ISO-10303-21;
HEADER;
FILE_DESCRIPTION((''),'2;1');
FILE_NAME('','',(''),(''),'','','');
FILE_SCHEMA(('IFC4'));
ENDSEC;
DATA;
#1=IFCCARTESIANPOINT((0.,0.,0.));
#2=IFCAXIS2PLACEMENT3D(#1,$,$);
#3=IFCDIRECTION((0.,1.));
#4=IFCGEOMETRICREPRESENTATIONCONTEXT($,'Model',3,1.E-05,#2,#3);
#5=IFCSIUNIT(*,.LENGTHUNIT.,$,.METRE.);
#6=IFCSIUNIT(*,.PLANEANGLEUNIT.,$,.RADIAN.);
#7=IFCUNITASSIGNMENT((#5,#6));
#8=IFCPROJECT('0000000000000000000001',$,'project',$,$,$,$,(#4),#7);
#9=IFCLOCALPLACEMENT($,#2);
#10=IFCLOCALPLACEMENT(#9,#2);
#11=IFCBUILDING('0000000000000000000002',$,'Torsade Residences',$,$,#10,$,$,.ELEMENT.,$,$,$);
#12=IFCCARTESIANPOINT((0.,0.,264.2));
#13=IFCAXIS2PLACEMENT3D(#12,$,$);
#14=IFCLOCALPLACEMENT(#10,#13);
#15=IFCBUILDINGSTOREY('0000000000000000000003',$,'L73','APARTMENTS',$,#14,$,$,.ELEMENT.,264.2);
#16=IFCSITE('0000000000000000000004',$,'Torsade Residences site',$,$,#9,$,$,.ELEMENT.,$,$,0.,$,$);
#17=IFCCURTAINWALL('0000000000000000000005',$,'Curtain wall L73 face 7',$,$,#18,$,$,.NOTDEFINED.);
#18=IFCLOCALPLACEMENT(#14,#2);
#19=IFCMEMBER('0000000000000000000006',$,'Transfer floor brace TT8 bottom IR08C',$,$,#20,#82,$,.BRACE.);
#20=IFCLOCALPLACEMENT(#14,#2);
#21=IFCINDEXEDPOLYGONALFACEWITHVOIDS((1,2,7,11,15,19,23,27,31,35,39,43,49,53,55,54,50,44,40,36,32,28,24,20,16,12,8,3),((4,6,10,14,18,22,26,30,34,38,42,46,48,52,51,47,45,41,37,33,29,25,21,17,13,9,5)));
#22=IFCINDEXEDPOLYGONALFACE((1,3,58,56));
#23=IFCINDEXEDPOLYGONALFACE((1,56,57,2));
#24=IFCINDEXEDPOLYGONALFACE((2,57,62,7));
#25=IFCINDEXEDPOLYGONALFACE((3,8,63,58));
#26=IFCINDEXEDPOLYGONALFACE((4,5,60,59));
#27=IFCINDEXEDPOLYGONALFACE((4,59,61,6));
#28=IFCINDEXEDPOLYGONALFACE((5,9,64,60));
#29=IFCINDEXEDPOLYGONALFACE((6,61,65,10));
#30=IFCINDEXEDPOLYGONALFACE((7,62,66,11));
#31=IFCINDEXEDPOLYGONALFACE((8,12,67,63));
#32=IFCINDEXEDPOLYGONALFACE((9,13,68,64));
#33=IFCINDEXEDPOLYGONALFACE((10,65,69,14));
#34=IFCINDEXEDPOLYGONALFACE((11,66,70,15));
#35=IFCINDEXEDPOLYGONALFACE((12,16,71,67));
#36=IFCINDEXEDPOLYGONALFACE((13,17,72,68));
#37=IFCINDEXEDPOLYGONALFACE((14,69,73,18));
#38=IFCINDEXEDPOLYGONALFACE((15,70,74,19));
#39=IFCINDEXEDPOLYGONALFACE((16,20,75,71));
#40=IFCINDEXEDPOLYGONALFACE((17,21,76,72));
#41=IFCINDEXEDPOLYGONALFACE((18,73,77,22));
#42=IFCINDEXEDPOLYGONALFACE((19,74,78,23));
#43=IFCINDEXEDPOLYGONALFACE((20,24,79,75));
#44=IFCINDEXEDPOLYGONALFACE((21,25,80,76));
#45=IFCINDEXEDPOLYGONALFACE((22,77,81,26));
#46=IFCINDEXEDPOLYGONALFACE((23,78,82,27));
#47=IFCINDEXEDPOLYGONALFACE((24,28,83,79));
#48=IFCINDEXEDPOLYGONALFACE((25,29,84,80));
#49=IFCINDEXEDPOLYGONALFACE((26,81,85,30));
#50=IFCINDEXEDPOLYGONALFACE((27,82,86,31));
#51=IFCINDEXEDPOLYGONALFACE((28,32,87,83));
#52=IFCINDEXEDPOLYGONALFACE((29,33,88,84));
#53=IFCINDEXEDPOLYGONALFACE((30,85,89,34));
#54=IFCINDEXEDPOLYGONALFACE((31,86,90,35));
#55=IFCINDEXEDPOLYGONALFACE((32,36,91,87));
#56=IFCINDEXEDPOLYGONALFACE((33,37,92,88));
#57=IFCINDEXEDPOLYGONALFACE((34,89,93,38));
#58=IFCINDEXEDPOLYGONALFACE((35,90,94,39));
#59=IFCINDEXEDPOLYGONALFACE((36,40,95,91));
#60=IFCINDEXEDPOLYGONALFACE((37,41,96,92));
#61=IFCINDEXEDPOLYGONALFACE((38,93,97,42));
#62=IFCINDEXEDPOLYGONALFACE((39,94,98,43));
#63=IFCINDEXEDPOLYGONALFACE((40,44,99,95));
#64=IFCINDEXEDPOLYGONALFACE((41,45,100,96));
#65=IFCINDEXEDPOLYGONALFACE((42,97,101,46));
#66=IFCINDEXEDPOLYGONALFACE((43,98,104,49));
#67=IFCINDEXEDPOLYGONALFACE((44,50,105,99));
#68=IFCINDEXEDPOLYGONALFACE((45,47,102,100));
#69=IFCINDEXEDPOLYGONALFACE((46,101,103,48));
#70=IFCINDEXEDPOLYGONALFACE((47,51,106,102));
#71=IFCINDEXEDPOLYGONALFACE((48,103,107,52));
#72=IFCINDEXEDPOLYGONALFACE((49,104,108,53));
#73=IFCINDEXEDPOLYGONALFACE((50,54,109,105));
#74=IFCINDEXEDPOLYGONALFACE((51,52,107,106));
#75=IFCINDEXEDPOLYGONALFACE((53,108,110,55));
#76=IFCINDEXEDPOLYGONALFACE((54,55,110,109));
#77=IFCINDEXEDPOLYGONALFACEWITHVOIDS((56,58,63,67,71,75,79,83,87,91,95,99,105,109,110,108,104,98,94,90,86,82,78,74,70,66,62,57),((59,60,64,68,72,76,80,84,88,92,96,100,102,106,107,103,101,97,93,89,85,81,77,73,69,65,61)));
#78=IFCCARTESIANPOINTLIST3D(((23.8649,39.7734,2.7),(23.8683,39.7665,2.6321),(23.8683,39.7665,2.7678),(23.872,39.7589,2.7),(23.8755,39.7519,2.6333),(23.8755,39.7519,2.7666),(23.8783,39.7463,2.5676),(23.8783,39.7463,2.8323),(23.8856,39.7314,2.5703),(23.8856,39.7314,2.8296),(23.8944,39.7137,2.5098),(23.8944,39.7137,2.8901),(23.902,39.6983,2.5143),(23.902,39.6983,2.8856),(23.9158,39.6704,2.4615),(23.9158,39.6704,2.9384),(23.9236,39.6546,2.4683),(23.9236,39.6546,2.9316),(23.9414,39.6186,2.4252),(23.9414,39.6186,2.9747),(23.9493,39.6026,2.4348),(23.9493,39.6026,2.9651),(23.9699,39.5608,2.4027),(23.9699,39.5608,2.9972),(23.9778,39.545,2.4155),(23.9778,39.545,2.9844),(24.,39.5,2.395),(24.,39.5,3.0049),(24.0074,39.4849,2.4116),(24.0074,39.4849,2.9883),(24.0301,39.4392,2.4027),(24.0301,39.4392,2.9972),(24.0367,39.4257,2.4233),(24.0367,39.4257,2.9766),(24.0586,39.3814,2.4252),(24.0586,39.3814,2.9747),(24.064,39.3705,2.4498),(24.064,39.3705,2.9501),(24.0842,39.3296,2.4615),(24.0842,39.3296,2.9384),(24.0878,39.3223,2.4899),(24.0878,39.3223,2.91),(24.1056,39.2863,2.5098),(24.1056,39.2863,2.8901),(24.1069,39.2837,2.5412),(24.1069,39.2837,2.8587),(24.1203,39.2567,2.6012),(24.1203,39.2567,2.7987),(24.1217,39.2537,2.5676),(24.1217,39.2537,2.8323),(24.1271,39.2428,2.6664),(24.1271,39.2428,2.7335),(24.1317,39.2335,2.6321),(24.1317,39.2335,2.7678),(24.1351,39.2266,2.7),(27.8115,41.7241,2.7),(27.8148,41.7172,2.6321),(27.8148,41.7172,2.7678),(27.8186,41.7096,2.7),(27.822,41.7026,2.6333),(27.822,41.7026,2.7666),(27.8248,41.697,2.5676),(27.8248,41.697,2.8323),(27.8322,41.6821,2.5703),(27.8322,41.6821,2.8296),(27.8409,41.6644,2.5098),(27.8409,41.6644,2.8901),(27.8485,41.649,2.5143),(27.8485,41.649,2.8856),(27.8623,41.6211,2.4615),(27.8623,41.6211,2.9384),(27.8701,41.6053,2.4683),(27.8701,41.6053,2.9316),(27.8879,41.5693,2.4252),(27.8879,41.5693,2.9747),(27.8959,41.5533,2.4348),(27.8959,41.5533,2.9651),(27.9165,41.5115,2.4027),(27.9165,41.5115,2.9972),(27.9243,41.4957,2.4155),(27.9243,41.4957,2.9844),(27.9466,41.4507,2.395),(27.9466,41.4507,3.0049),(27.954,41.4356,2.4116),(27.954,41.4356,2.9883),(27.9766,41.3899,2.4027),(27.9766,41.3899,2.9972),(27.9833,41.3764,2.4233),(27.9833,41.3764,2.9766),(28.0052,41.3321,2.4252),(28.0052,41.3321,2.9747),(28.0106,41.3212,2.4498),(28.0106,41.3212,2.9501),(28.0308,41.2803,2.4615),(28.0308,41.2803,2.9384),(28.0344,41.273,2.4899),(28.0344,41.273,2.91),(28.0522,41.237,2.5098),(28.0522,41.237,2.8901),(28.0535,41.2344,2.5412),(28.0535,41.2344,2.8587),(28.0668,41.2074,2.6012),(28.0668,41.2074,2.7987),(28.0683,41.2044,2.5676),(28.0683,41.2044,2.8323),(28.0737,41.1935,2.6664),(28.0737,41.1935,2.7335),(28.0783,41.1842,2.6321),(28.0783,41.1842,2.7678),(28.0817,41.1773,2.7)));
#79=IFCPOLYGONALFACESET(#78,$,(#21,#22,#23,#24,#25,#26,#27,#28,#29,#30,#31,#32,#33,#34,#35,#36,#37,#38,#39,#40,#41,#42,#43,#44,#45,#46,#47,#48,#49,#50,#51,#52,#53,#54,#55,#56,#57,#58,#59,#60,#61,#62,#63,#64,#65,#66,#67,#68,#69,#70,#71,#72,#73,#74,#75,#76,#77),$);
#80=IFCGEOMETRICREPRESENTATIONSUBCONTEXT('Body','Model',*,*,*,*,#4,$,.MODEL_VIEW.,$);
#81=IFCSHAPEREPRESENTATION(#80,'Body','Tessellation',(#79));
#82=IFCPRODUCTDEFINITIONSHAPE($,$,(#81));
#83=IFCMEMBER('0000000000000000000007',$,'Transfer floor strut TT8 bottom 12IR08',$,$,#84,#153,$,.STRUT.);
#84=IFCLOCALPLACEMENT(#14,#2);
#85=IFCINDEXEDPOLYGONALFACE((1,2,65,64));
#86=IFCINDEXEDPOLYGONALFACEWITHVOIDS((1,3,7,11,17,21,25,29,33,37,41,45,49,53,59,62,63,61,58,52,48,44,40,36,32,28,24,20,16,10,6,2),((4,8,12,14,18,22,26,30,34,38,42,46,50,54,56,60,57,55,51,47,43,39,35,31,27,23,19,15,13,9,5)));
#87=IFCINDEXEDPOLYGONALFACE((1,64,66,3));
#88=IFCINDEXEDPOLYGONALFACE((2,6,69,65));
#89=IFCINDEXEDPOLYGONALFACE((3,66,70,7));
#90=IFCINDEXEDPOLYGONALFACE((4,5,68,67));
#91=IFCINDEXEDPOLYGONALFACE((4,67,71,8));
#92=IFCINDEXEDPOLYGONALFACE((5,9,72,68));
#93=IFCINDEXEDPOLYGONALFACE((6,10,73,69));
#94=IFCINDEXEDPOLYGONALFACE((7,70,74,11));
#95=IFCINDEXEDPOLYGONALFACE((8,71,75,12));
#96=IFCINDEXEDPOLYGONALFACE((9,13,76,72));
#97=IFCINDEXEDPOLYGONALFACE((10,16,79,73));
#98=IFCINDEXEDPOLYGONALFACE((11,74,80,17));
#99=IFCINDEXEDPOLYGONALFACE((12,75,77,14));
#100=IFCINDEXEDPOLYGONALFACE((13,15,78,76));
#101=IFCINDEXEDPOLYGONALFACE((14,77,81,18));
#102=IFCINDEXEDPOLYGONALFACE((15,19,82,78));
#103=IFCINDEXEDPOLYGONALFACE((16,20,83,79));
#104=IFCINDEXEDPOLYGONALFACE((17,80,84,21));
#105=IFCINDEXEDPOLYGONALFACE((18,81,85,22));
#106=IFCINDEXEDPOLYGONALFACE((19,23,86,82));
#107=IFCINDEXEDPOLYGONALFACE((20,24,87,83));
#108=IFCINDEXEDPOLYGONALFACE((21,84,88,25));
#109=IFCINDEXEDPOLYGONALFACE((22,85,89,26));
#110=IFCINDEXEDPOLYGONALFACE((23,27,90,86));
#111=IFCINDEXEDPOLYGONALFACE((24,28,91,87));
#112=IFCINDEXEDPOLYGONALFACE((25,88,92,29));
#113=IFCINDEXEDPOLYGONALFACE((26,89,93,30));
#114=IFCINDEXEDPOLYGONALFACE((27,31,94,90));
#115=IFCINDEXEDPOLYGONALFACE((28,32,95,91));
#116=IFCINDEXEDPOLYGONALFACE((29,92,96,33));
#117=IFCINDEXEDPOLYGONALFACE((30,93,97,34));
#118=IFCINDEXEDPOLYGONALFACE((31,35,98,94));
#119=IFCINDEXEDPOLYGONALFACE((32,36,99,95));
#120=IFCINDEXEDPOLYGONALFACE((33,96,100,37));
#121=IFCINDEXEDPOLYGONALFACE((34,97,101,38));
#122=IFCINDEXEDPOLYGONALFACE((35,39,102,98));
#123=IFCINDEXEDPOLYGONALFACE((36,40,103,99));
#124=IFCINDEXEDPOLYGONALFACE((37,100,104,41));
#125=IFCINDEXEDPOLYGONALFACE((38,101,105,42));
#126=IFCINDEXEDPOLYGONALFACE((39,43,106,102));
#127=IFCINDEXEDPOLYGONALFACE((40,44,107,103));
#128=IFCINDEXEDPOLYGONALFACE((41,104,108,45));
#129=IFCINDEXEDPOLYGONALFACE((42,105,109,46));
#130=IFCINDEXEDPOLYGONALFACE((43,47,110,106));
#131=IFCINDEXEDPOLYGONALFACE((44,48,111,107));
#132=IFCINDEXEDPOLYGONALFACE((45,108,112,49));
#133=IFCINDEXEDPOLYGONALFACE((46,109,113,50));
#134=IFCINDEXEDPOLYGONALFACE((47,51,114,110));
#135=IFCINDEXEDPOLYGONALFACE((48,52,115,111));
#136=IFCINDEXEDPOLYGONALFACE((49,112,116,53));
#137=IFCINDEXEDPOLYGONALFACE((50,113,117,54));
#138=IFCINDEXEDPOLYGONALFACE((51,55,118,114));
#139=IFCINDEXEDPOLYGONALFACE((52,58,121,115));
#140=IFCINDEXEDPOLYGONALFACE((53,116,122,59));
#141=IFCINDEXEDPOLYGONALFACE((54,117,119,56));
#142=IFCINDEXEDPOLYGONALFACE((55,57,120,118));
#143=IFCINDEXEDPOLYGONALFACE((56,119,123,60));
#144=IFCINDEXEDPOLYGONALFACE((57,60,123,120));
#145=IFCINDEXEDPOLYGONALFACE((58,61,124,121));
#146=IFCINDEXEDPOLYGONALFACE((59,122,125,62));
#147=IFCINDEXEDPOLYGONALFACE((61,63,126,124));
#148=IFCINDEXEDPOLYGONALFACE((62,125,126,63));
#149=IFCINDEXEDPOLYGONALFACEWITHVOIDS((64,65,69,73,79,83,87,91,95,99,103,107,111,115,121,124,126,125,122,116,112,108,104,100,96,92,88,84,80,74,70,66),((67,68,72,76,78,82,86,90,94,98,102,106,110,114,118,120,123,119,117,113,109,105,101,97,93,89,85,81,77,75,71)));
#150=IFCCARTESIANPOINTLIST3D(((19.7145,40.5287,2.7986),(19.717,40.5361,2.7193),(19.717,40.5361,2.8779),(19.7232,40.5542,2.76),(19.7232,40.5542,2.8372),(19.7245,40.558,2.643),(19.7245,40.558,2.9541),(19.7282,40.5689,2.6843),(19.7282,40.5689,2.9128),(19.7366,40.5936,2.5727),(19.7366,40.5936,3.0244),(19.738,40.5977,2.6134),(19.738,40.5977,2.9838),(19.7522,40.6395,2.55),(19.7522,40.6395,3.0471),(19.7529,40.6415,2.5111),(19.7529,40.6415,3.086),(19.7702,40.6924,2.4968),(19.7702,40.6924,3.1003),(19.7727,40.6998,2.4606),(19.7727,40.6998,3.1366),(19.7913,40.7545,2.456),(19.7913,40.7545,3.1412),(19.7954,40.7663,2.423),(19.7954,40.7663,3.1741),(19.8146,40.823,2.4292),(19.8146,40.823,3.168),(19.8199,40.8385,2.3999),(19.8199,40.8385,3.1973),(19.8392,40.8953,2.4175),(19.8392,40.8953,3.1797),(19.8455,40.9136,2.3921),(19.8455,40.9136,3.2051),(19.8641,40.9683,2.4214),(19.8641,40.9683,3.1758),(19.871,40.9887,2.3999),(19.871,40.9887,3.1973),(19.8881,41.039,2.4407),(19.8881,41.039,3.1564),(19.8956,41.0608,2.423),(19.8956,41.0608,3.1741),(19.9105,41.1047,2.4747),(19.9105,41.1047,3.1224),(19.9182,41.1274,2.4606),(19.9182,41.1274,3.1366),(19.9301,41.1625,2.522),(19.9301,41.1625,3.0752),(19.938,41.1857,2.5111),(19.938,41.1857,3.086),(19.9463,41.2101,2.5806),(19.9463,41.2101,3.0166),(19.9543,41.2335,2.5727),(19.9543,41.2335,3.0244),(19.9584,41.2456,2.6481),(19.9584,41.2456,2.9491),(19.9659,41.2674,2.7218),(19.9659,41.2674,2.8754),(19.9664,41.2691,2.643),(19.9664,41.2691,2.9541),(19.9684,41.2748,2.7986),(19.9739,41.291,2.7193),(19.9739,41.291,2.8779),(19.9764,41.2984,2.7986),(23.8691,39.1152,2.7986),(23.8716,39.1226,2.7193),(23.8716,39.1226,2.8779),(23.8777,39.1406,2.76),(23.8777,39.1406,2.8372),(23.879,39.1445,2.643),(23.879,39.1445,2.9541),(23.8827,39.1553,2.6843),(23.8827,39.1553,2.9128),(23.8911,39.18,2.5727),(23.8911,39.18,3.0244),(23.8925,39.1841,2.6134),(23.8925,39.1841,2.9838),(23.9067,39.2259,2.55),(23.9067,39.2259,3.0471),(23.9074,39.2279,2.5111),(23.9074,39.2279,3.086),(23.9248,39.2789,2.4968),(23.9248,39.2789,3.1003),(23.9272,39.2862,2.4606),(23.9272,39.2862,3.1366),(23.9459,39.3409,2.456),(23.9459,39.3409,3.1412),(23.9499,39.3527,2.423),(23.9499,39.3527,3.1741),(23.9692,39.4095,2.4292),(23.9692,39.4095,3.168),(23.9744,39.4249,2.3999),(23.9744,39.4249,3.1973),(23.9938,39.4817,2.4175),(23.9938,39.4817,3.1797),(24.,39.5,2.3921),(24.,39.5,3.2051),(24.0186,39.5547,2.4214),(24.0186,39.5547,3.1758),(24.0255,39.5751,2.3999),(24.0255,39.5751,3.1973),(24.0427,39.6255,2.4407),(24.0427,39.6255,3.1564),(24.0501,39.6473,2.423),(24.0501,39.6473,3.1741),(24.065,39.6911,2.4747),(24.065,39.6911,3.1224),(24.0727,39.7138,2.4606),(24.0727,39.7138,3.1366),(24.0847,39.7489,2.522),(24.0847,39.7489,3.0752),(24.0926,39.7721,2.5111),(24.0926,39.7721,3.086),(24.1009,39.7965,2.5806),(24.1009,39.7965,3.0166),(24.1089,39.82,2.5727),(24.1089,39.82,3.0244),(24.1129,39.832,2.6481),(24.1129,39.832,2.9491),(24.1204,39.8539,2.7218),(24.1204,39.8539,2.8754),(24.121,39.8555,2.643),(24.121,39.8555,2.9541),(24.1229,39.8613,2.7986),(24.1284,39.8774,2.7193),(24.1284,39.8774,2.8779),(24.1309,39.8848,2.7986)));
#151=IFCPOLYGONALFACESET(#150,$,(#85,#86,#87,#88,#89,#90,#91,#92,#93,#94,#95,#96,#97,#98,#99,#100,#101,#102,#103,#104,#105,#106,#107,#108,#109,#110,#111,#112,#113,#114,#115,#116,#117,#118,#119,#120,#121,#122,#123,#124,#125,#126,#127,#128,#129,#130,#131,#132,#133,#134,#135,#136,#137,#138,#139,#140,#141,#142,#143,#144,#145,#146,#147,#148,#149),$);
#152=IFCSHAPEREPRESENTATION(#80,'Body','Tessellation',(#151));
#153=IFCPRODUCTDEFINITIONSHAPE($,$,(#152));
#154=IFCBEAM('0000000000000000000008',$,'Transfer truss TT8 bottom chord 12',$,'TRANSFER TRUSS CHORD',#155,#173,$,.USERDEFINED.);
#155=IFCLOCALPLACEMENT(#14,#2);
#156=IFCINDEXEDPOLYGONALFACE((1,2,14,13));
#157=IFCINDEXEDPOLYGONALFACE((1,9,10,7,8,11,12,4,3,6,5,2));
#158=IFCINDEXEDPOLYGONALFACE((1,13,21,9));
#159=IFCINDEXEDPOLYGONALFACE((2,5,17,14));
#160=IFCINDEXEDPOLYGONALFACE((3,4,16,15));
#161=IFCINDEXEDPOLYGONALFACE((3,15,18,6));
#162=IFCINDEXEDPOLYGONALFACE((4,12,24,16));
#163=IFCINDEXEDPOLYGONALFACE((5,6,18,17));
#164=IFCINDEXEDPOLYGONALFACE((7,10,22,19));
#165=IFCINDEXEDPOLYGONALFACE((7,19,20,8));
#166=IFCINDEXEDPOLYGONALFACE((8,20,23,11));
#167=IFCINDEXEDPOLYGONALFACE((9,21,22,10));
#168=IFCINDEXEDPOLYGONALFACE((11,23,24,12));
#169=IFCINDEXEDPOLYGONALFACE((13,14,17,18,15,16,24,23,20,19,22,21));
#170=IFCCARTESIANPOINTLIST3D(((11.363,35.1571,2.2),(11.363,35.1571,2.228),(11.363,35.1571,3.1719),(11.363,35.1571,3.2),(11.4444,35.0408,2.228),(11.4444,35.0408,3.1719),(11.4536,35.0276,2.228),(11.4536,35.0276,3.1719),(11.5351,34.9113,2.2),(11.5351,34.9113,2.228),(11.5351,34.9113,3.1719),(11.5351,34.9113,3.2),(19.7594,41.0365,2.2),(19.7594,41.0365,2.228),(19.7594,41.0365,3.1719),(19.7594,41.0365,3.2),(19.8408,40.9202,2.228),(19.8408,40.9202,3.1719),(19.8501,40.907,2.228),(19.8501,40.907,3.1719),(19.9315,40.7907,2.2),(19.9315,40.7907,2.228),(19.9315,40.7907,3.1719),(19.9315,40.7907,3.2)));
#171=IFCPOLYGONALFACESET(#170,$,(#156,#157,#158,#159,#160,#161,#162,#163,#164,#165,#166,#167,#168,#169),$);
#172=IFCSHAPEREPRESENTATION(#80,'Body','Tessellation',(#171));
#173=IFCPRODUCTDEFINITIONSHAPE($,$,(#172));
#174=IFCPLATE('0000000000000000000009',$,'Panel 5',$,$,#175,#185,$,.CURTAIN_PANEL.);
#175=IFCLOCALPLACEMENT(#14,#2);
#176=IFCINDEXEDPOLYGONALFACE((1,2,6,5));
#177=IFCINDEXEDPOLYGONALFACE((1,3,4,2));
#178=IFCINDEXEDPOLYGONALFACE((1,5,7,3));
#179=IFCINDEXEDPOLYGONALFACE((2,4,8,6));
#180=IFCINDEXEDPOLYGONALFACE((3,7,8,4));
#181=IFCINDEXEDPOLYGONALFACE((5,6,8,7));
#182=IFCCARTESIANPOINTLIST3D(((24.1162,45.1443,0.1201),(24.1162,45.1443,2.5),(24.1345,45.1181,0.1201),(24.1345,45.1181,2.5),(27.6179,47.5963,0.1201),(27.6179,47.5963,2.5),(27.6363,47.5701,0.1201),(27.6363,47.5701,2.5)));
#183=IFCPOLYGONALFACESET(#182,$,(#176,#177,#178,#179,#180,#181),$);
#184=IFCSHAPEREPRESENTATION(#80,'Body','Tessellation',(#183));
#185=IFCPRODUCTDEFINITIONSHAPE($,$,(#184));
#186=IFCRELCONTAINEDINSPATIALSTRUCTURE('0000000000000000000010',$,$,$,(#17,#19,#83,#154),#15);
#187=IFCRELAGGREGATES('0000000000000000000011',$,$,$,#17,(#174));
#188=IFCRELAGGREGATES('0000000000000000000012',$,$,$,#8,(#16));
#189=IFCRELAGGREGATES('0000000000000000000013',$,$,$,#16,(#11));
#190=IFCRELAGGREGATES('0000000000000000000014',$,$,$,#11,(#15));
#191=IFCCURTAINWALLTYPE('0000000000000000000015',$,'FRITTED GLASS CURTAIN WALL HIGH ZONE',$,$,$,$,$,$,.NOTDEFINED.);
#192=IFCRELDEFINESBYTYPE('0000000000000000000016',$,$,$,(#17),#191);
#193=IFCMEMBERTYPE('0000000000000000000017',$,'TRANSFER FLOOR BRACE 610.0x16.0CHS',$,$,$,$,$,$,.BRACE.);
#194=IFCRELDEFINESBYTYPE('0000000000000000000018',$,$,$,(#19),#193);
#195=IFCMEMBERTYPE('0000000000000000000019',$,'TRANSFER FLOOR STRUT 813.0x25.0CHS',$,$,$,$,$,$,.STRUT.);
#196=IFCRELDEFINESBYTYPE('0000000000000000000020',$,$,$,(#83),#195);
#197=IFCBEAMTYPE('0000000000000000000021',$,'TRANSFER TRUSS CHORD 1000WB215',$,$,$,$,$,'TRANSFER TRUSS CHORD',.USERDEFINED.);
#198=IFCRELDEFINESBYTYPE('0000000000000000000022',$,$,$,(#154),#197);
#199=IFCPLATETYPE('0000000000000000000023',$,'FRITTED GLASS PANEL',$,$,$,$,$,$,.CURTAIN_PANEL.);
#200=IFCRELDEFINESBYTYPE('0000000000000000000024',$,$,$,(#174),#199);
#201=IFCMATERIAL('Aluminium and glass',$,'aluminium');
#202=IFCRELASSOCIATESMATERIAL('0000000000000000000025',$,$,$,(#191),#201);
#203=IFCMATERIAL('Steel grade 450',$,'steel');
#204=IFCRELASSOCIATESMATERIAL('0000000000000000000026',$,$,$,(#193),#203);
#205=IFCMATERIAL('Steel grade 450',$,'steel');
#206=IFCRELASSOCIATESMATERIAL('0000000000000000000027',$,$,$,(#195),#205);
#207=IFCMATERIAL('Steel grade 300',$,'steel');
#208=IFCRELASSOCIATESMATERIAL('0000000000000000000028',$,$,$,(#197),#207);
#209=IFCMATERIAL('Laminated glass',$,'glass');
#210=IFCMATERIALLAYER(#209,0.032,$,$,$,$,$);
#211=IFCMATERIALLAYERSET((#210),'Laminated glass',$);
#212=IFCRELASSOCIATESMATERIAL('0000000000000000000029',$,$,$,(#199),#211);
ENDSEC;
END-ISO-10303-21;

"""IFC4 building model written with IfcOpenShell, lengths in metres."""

from ifc_helpers import new_model, si_unit, direction, frame, origin, origin_2d, place, context, subcontext, project, spatial, rectangle, hollow_circle, i_section, extrude, material, layer, layer_set, material_profile, profile_set, type_object, element, aggregate, save


model = new_model("IFC4")

# Units and contexts
model_context = context("Model", 3, precision=1e-05, world=origin(), true_north=direction((0.0, 1.0)))
body_context = subcontext(model_context, "Body", "Model", "MODEL_VIEW")
ifc_project = project(units=[si_unit("LENGTHUNIT", "METRE"), si_unit("PLANEANGLEUNIT", "RADIAN")], contexts=[model_context])

# Site, building, storey
site_placement = place(None, origin())
site = spatial("IfcSite", under=ifc_project, at=site_placement, Name="Torsade Residences site", CompositionType="ELEMENT", RefElevation=0.0)
building_placement = place(site_placement, origin())
building = spatial("IfcBuilding", under=site, at=building_placement, Name="Torsade Residences", CompositionType="ELEMENT")
storey_placement = place(building_placement, frame((0.0, 0.0, 264.2)))
storey = spatial("IfcBuildingStorey", under=building, at=storey_placement, Name="L73", Description="APARTMENTS", CompositionType="ELEMENT", Elevation=264.2)

# Curtain wall
ifc_material_1 = material(Name="Aluminium and glass", Category="aluminium")
curtain_wall_type = type_object("IfcCurtainWallType", Name="FRITTED GLASS CURTAIN WALL HIGH ZONE", PredefinedType="NOTDEFINED", material=ifc_material_1)
curtain_wall_placement = place(storey_placement, origin())
curtain_wall = element("IfcCurtainWall", 1, at=curtain_wall_placement, inside=storey, type_object=curtain_wall_type, Name="Curtain wall L73 face 7", PredefinedType="NOTDEFINED")

# Members
ifc_material_2 = material(Name="Steel grade 450", Category="steel")
ifc_material_profile_1 = material_profile(ifc_material_2, hollow_circle(Radius=0.3049, WallThickness=0.0161, at=origin_2d()), Name="610.0x16.0CHS")
ifc_profile_set_1 = profile_set([ifc_material_profile_1], Name="Steel grade 450")
member_type_1 = type_object("IfcMemberType", Name="TRANSFER FLOOR BRACE 610.0x16.0CHS", PredefinedType="BRACE", material=ifc_profile_set_1)
member_1_placement = place(storey_placement, frame((24.0, 39.5, 2.7), z_axis=(0.89647, 0.443105, 0.0), x_axis=(-0.443105, 0.89647, 0.0)))
element("IfcMember", 2, at=member_1_placement, inside=storey, type_object=member_type_1, Name="Transfer floor brace TT8 bottom IR08C", PredefinedType="BRACE", context=body_context, shape_type="SweptSolid", body=[
    extrude(hollow_circle(Radius=0.3049, WallThickness=0.0161, at=origin_2d()), origin(), (0.0, 0.0, 1.0), 4.4023),
])
ifc_material_3 = material(Name="Steel grade 450", Category="steel")
ifc_material_profile_2 = material_profile(ifc_material_3, hollow_circle(Radius=0.4065, WallThickness=0.0249, at=origin_2d()), Name="813.0x25.0CHS")
ifc_profile_set_2 = profile_set([ifc_material_profile_2], Name="Steel grade 450")
member_type_2 = type_object("IfcMemberType", Name="TRANSFER FLOOR STRUT 813.0x25.0CHS", PredefinedType="STRUT", material=ifc_profile_set_2)
member_2_placement = place(storey_placement, frame((19.8455, 40.9136, 2.7986), z_axis=(0.946701, -0.322113, 0.0), x_axis=(0.322113, 0.946701, 0.0)))
element("IfcMember", 3, at=member_2_placement, inside=storey, type_object=member_type_2, Name="Transfer floor strut TT8 bottom 12IR08", PredefinedType="STRUT", context=body_context, shape_type="SweptSolid", body=[
    extrude(hollow_circle(Radius=0.4065, WallThickness=0.0249, at=origin_2d()), origin(), (0.0, 0.0, 1.0), 4.3884),
])

# Beam
ifc_material_4 = material(Name="Steel grade 300", Category="steel")
ifc_material_profile_3 = material_profile(ifc_material_4, i_section(OverallWidth=0.3, OverallDepth=1.0, WebThickness=0.0161, FlangeThickness=0.0281, at=origin_2d()), Name="1000WB215")
ifc_profile_set_3 = profile_set([ifc_material_profile_3], Name="Steel grade 300")
beam_type_1 = type_object("IfcBeamType", Name="TRANSFER TRUSS CHORD 1000WB215", ElementType="TRANSFER TRUSS CHORD", PredefinedType="USERDEFINED", material=ifc_profile_set_3)
beam_1_placement = place(storey_placement, frame((19.8455, 40.9136, 2.7), z_axis=(-0.819147, -0.573584, 0.0), x_axis=(0.573584, -0.819147, 0.0)))
element("IfcBeam", 4, at=beam_1_placement, inside=storey, type_object=beam_type_1, Name="Transfer truss TT8 bottom chord 12", ObjectType="TRANSFER TRUSS CHORD", PredefinedType="USERDEFINED", context=body_context, shape_type="SweptSolid", body=[
    extrude(i_section(OverallWidth=0.3, OverallDepth=1.0, WebThickness=0.0161, FlangeThickness=0.0281, at=origin_2d()), origin(), (0.0, 0.0, 1.0), 10.2502),
])

# Plate
ifc_material_5 = material(Name="Laminated glass", Category="glass")
ifc_layer_1 = layer(ifc_material_5, 0.032)
ifc_layer_set_1 = layer_set([ifc_layer_1], Name="Laminated glass")
plate_type_1 = type_object("IfcPlateType", Name="FRITTED GLASS PANEL", PredefinedType="CURTAIN_PANEL", material=ifc_layer_set_1)
plate_1_placement = place(storey_placement, frame((25.8762, 46.3572, 0.1201), z_axis=(0.0, 0.0, 1.0), x_axis=(-0.819152, -0.573576, 0.0)))
plate_1 = element("IfcPlate", 5, at=plate_1_placement, type_object=plate_type_1, Name="Panel 5", PredefinedType="CURTAIN_PANEL", context=body_context, shape_type="SweptSolid", body=[
    extrude(rectangle(XDim=4.2749, YDim=0.032, at=origin_2d()), origin(), (0.0, 0.0, 1.0), 2.3799),
])
aggregate(curtain_wall, [plate_1])

save(model, "model.ifc")
